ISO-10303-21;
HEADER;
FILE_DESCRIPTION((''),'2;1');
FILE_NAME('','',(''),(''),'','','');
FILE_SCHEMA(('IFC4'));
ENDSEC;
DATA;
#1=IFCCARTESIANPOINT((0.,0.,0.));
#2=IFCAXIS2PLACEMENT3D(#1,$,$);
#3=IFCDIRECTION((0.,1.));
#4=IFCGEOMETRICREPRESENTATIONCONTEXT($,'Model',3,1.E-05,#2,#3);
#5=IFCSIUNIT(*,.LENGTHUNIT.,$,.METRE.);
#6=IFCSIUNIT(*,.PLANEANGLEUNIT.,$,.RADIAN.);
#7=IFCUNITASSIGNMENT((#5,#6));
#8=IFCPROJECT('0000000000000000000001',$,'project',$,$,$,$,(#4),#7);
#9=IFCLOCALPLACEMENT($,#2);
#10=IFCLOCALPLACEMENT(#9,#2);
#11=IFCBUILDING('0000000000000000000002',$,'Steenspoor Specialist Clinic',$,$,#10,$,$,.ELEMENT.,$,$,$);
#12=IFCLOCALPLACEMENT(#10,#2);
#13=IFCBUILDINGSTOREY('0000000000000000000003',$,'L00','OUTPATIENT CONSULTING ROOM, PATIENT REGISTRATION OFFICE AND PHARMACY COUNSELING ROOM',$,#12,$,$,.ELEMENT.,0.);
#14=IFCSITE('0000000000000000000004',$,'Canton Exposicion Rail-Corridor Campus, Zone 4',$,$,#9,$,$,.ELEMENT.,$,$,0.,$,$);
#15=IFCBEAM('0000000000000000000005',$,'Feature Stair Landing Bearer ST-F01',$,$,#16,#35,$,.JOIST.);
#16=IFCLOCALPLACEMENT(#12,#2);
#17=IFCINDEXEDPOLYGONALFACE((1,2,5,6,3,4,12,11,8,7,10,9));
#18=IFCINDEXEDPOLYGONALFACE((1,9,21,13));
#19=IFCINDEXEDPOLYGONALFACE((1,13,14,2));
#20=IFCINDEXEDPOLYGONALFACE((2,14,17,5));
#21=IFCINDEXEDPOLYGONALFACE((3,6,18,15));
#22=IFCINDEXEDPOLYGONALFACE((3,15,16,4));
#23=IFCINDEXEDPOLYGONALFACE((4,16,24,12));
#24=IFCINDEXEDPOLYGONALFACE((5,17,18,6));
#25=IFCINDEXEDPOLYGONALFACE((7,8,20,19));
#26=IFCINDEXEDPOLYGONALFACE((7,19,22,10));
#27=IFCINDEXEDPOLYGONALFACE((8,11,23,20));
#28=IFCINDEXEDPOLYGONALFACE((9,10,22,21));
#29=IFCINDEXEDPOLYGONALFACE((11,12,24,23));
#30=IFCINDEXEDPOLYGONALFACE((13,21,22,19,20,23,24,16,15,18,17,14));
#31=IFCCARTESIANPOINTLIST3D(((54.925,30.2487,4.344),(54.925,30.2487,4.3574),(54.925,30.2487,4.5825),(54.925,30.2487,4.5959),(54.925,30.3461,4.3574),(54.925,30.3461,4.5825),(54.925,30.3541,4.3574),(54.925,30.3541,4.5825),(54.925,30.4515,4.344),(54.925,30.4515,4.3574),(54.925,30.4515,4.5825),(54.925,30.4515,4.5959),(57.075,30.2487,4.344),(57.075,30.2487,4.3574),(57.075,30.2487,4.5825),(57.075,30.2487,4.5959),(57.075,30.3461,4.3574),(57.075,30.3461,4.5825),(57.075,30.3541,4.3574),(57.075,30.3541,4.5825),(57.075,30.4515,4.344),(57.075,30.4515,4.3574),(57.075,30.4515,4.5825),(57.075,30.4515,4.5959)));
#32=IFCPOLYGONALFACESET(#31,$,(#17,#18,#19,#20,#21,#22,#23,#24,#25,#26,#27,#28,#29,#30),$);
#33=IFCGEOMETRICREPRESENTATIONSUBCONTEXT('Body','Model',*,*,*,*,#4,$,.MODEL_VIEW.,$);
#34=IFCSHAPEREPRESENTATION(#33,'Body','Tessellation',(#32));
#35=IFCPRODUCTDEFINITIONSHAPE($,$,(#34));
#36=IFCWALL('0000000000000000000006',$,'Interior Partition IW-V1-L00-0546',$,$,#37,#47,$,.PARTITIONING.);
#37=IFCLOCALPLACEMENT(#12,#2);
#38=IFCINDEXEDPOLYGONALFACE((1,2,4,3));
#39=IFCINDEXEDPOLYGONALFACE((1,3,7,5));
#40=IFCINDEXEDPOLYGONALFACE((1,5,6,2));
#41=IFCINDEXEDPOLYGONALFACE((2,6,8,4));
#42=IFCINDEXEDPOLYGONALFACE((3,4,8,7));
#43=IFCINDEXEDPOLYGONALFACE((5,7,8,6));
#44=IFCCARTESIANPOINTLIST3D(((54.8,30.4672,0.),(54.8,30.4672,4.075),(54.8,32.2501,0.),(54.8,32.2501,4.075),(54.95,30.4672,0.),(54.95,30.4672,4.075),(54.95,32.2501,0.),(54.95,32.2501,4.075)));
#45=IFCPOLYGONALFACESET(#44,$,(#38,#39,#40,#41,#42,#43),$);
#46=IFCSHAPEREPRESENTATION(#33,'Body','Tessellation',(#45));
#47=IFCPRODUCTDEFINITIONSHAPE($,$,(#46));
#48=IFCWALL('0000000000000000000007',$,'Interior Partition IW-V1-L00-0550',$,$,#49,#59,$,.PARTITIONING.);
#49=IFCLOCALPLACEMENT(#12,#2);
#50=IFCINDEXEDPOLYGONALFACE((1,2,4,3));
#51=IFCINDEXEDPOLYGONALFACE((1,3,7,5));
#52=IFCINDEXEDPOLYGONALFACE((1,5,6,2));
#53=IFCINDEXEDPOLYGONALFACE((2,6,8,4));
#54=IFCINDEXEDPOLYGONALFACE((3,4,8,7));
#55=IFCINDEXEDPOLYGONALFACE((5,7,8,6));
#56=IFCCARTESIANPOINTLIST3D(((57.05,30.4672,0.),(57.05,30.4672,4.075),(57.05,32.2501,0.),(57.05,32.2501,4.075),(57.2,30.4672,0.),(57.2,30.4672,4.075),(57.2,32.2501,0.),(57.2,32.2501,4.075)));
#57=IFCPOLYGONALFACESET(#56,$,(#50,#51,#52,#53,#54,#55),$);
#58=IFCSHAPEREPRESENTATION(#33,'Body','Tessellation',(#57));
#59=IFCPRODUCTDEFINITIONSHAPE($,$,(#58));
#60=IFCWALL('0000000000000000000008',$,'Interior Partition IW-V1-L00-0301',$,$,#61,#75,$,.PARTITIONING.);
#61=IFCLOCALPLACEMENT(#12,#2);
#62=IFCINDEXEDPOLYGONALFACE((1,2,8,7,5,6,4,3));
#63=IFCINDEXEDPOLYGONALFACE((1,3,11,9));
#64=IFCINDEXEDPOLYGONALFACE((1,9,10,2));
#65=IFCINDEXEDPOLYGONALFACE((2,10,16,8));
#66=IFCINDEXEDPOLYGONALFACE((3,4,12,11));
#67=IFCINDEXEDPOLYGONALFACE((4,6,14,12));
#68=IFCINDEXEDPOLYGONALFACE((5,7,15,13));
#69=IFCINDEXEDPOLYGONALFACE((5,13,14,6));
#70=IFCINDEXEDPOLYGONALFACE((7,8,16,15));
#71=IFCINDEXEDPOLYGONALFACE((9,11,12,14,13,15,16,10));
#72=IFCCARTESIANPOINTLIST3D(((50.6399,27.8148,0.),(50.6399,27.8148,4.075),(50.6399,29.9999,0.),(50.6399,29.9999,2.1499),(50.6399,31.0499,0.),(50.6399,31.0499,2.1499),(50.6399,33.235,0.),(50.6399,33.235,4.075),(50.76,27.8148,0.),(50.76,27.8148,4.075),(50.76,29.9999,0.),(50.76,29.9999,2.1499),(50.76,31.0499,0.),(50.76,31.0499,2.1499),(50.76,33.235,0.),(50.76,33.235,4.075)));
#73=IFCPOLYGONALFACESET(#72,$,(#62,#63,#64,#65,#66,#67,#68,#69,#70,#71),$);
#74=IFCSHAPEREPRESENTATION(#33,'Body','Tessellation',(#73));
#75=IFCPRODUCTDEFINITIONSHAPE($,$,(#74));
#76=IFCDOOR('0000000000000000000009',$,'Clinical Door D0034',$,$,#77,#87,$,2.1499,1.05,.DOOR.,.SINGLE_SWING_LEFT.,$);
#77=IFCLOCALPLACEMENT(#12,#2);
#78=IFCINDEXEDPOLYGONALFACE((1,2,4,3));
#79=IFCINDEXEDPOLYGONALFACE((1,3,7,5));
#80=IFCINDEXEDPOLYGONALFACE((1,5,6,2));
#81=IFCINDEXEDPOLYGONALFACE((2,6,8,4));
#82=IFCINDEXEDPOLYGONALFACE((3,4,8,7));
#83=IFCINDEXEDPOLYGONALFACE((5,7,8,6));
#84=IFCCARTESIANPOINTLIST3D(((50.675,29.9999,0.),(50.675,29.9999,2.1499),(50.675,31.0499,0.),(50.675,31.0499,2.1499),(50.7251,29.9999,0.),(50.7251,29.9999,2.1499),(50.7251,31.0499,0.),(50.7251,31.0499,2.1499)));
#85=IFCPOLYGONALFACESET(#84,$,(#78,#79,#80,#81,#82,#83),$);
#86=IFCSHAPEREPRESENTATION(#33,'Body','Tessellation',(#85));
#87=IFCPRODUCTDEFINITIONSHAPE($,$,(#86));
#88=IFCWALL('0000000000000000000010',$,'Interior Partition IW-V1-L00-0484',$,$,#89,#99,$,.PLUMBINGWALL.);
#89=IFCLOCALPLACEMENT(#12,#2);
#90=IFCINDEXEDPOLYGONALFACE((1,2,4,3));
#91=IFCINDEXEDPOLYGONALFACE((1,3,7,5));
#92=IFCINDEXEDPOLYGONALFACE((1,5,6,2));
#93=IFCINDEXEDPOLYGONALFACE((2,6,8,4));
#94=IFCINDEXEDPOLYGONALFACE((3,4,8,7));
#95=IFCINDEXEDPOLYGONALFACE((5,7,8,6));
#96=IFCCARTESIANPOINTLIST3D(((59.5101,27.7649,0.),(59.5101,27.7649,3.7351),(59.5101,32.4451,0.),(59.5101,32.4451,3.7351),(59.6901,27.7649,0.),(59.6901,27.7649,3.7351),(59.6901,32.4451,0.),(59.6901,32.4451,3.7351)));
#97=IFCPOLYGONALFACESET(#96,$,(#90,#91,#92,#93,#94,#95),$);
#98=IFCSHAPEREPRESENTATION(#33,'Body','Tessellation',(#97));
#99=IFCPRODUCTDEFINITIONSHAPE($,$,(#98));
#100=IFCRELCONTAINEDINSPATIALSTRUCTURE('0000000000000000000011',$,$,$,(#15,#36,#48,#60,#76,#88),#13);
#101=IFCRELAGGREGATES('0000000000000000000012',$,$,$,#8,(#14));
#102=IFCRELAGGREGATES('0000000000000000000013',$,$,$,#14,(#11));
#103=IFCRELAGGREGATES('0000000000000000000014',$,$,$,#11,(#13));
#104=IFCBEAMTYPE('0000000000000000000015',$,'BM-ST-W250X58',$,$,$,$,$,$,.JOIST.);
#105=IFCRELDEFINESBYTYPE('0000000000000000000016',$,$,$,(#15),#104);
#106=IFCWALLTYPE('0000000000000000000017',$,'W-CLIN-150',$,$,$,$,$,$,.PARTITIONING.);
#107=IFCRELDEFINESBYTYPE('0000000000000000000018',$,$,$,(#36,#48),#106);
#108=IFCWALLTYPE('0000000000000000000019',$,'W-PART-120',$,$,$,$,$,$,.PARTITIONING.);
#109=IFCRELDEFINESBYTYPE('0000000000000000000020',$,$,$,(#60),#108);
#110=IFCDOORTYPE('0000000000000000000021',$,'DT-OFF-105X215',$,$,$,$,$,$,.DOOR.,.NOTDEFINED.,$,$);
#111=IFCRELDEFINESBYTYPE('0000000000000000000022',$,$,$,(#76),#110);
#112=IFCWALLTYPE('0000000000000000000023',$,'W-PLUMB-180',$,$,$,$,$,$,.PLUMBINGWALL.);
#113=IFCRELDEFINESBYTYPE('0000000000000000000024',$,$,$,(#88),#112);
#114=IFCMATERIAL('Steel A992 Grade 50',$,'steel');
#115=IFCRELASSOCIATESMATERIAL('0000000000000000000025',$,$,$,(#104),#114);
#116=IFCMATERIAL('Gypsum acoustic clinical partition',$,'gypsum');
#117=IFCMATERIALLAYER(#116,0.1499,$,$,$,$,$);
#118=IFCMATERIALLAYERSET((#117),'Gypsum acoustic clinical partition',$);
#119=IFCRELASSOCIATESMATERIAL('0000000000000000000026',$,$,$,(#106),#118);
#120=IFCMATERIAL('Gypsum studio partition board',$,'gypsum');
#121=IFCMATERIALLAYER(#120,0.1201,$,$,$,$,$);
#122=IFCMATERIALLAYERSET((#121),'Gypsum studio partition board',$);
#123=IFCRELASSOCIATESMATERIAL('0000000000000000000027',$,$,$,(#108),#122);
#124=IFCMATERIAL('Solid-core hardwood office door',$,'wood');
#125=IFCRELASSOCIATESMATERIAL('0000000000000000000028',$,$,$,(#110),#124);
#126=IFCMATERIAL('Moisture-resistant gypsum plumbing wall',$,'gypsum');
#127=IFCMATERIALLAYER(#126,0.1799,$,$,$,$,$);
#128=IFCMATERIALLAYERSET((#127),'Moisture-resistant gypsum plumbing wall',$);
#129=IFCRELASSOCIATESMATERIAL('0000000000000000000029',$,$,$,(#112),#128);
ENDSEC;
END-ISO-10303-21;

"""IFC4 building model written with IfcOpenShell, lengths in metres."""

from ifc_helpers import new_model, si_unit, direction, frame, frame_2d, origin, origin_2d, place, context, subcontext, project, spatial, rectangle, i_section, extrude, material, layer, layer_set, material_profile, profile_set, type_object, element, fill, save


model = new_model("IFC4")

# Units and contexts
model_context = context("Model", 3, precision=1e-05, world=origin(), true_north=direction((0.0, 1.0)))
body_context = subcontext(model_context, "Body", "Model", "MODEL_VIEW")
ifc_project = project(units=[si_unit("LENGTHUNIT", "METRE"), si_unit("PLANEANGLEUNIT", "RADIAN")], contexts=[model_context])

# Site, building, storey
site_placement = place(None, origin())
site = spatial("IfcSite", under=ifc_project, at=site_placement, Name="Canton Exposicion Rail-Corridor Campus, Zone 4", CompositionType="ELEMENT", RefElevation=0.0)
building_placement = place(site_placement, origin())
building = spatial("IfcBuilding", under=site, at=building_placement, Name="Steenspoor Specialist Clinic", CompositionType="ELEMENT")
storey_placement = place(building_placement, origin())
storey = spatial("IfcBuildingStorey", under=building, at=storey_placement, Name="L00", Description="OUTPATIENT CONSULTING ROOM, PATIENT REGISTRATION OFFICE AND PHARMACY COUNSELING ROOM", CompositionType="ELEMENT", Elevation=0.0)

# Beam
ifc_material_1 = material(Name="Steel A992 Grade 50", Category="steel")
ifc_material_profile_1 = material_profile(ifc_material_1, i_section(OverallWidth=0.2029, OverallDepth=0.252, WebThickness=0.0081, FlangeThickness=0.0134, at=origin_2d()), Name="W250X58")
ifc_profile_set_1 = profile_set([ifc_material_profile_1], Name="Steel A992 Grade 50")
beam_type_1 = type_object("IfcBeamType", Name="BM-ST-W250X58", PredefinedType="JOIST", material=ifc_profile_set_1)
beam_1_placement = place(storey_placement, frame((54.925, 30.3501, 4.47), z_axis=(1.0, 0.0, 0.0), x_axis=(0.0, 1.0, 0.0)))
element("IfcBeam", 1, at=beam_1_placement, inside=storey, type_object=beam_type_1, Name="Feature Stair Landing Bearer ST-F01", PredefinedType="JOIST", context=body_context, shape_type="SweptSolid", body=[
    extrude(i_section(OverallWidth=0.2029, OverallDepth=0.252, WebThickness=0.0081, FlangeThickness=0.0134, at=origin_2d()), origin(), (0.0, 0.0, 1.0), 2.1499),
])

# Walls
ifc_material_2 = material(Name="Gypsum acoustic clinical partition", Category="gypsum")
ifc_layer_1 = layer(ifc_material_2, 0.1499)
ifc_layer_set_1 = layer_set([ifc_layer_1], Name="Gypsum acoustic clinical partition")
wall_type_1 = type_object("IfcWallType", Name="W-CLIN-150", PredefinedType="PARTITIONING", material=ifc_layer_set_1)
for number, where, z_axis, x_axis, name in (
    (2, (54.875, 30.467, 0.0), (0.0, 0.0, 1.0), (0.0, 1.0, 0.0), "Interior Partition IW-V1-L00-0546"),
    (3, (57.125, 30.467, 0.0), (0.0, 0.0, 1.0), (0.0, 1.0, 0.0), "Interior Partition IW-V1-L00-0550"),
):
    element("IfcWall", number, at=place(storey_placement, frame(where, z_axis=z_axis, x_axis=x_axis)), inside=storey, type_object=wall_type_1, Name=name, PredefinedType="PARTITIONING", context=body_context, shape_type="SweptSolid", body=[
        extrude(rectangle(XDim=1.783, YDim=0.1499, at=frame_2d((0.8916, 0.0))), origin(), (0.0, 0.0, 1.0), 4.075),
    ])

# Wall, opening, door
ifc_material_3 = material(Name="Gypsum studio partition board", Category="gypsum")
ifc_layer_2 = layer(ifc_material_3, 0.1201)
ifc_layer_set_2 = layer_set([ifc_layer_2], Name="Gypsum studio partition board")
wall_type_2 = type_object("IfcWallType", Name="W-PART-120", PredefinedType="PARTITIONING", material=ifc_layer_set_2)
wall_1_placement = place(storey_placement, frame((50.7, 27.8149, 0.0), z_axis=(0.0, 0.0, 1.0), x_axis=(0.0, 1.0, 0.0)))
wall_1 = element("IfcWall", 4, at=wall_1_placement, inside=storey, type_object=wall_type_2, Name="Interior Partition IW-V1-L00-0301", PredefinedType="PARTITIONING", context=body_context, shape_type="SweptSolid", body=[
    extrude(rectangle(XDim=5.4202, YDim=0.1201, at=frame_2d((2.71, 0.0))), origin(), (0.0, 0.0, 1.0), 4.075),
])
opening_placement = place(wall_1_placement, frame((2.1851, 0.0, 0.0)))
opening = element("IfcOpeningElement", 5, at=opening_placement, cuts=wall_1, PredefinedType="OPENING", context=body_context, shape_type="SweptSolid", body=[
    extrude(rectangle(XDim=1.05, YDim=2.1499, at=frame_2d((0.5249, 1.075))), frame((0.0, 0.0701, 0.0), z_axis=(0.0, -1.0, 0.0), x_axis=(1.0, 0.0, 0.0)), (0.0, 0.0, 1.0), 0.1401),
])
ifc_material_4 = material(Name="Solid-core hardwood office door", Category="wood")
door_type = type_object("IfcDoorType", Name="DT-OFF-105X215", OperationType="NOTDEFINED", PredefinedType="DOOR", material=ifc_material_4)
door_placement = place(opening_placement, origin())
door = element("IfcDoor", 6, at=door_placement, inside=storey, type_object=door_type, Name="Clinical Door D0034", OperationType="SINGLE_SWING_LEFT", OverallHeight=2.1499, OverallWidth=1.05, PredefinedType="DOOR", context=body_context, shape_type="SweptSolid", body=[
    extrude(rectangle(XDim=1.05, YDim=2.1499, at=frame_2d((0.5249, 1.075))), frame((0.0, 0.0249, 0.0), z_axis=(0.0, -1.0, 0.0), x_axis=(1.0, 0.0, 0.0)), (0.0, 0.0, 1.0), 0.05),
])
fill(opening, door)

# Wall
ifc_material_5 = material(Name="Moisture-resistant gypsum plumbing wall", Category="gypsum")
ifc_layer_3 = layer(ifc_material_5, 0.1799)
ifc_layer_set_3 = layer_set([ifc_layer_3], Name="Moisture-resistant gypsum plumbing wall")
wall_type_3 = type_object("IfcWallType", Name="W-PLUMB-180", PredefinedType="PLUMBINGWALL", material=ifc_layer_set_3)
wall_2_placement = place(storey_placement, frame((59.6001, 27.7649, 0.0), z_axis=(0.0, 0.0, 1.0), x_axis=(0.0, 1.0, 0.0)))
element("IfcWall", 7, at=wall_2_placement, inside=storey, type_object=wall_type_3, Name="Interior Partition IW-V1-L00-0484", PredefinedType="PLUMBINGWALL", context=body_context, shape_type="SweptSolid", body=[
    extrude(rectangle(XDim=4.6802, YDim=0.1799, at=frame_2d((2.3401, 0.0))), origin(), (0.0, 0.0, 1.0), 3.7351),
])

save(model, "model.ifc")
